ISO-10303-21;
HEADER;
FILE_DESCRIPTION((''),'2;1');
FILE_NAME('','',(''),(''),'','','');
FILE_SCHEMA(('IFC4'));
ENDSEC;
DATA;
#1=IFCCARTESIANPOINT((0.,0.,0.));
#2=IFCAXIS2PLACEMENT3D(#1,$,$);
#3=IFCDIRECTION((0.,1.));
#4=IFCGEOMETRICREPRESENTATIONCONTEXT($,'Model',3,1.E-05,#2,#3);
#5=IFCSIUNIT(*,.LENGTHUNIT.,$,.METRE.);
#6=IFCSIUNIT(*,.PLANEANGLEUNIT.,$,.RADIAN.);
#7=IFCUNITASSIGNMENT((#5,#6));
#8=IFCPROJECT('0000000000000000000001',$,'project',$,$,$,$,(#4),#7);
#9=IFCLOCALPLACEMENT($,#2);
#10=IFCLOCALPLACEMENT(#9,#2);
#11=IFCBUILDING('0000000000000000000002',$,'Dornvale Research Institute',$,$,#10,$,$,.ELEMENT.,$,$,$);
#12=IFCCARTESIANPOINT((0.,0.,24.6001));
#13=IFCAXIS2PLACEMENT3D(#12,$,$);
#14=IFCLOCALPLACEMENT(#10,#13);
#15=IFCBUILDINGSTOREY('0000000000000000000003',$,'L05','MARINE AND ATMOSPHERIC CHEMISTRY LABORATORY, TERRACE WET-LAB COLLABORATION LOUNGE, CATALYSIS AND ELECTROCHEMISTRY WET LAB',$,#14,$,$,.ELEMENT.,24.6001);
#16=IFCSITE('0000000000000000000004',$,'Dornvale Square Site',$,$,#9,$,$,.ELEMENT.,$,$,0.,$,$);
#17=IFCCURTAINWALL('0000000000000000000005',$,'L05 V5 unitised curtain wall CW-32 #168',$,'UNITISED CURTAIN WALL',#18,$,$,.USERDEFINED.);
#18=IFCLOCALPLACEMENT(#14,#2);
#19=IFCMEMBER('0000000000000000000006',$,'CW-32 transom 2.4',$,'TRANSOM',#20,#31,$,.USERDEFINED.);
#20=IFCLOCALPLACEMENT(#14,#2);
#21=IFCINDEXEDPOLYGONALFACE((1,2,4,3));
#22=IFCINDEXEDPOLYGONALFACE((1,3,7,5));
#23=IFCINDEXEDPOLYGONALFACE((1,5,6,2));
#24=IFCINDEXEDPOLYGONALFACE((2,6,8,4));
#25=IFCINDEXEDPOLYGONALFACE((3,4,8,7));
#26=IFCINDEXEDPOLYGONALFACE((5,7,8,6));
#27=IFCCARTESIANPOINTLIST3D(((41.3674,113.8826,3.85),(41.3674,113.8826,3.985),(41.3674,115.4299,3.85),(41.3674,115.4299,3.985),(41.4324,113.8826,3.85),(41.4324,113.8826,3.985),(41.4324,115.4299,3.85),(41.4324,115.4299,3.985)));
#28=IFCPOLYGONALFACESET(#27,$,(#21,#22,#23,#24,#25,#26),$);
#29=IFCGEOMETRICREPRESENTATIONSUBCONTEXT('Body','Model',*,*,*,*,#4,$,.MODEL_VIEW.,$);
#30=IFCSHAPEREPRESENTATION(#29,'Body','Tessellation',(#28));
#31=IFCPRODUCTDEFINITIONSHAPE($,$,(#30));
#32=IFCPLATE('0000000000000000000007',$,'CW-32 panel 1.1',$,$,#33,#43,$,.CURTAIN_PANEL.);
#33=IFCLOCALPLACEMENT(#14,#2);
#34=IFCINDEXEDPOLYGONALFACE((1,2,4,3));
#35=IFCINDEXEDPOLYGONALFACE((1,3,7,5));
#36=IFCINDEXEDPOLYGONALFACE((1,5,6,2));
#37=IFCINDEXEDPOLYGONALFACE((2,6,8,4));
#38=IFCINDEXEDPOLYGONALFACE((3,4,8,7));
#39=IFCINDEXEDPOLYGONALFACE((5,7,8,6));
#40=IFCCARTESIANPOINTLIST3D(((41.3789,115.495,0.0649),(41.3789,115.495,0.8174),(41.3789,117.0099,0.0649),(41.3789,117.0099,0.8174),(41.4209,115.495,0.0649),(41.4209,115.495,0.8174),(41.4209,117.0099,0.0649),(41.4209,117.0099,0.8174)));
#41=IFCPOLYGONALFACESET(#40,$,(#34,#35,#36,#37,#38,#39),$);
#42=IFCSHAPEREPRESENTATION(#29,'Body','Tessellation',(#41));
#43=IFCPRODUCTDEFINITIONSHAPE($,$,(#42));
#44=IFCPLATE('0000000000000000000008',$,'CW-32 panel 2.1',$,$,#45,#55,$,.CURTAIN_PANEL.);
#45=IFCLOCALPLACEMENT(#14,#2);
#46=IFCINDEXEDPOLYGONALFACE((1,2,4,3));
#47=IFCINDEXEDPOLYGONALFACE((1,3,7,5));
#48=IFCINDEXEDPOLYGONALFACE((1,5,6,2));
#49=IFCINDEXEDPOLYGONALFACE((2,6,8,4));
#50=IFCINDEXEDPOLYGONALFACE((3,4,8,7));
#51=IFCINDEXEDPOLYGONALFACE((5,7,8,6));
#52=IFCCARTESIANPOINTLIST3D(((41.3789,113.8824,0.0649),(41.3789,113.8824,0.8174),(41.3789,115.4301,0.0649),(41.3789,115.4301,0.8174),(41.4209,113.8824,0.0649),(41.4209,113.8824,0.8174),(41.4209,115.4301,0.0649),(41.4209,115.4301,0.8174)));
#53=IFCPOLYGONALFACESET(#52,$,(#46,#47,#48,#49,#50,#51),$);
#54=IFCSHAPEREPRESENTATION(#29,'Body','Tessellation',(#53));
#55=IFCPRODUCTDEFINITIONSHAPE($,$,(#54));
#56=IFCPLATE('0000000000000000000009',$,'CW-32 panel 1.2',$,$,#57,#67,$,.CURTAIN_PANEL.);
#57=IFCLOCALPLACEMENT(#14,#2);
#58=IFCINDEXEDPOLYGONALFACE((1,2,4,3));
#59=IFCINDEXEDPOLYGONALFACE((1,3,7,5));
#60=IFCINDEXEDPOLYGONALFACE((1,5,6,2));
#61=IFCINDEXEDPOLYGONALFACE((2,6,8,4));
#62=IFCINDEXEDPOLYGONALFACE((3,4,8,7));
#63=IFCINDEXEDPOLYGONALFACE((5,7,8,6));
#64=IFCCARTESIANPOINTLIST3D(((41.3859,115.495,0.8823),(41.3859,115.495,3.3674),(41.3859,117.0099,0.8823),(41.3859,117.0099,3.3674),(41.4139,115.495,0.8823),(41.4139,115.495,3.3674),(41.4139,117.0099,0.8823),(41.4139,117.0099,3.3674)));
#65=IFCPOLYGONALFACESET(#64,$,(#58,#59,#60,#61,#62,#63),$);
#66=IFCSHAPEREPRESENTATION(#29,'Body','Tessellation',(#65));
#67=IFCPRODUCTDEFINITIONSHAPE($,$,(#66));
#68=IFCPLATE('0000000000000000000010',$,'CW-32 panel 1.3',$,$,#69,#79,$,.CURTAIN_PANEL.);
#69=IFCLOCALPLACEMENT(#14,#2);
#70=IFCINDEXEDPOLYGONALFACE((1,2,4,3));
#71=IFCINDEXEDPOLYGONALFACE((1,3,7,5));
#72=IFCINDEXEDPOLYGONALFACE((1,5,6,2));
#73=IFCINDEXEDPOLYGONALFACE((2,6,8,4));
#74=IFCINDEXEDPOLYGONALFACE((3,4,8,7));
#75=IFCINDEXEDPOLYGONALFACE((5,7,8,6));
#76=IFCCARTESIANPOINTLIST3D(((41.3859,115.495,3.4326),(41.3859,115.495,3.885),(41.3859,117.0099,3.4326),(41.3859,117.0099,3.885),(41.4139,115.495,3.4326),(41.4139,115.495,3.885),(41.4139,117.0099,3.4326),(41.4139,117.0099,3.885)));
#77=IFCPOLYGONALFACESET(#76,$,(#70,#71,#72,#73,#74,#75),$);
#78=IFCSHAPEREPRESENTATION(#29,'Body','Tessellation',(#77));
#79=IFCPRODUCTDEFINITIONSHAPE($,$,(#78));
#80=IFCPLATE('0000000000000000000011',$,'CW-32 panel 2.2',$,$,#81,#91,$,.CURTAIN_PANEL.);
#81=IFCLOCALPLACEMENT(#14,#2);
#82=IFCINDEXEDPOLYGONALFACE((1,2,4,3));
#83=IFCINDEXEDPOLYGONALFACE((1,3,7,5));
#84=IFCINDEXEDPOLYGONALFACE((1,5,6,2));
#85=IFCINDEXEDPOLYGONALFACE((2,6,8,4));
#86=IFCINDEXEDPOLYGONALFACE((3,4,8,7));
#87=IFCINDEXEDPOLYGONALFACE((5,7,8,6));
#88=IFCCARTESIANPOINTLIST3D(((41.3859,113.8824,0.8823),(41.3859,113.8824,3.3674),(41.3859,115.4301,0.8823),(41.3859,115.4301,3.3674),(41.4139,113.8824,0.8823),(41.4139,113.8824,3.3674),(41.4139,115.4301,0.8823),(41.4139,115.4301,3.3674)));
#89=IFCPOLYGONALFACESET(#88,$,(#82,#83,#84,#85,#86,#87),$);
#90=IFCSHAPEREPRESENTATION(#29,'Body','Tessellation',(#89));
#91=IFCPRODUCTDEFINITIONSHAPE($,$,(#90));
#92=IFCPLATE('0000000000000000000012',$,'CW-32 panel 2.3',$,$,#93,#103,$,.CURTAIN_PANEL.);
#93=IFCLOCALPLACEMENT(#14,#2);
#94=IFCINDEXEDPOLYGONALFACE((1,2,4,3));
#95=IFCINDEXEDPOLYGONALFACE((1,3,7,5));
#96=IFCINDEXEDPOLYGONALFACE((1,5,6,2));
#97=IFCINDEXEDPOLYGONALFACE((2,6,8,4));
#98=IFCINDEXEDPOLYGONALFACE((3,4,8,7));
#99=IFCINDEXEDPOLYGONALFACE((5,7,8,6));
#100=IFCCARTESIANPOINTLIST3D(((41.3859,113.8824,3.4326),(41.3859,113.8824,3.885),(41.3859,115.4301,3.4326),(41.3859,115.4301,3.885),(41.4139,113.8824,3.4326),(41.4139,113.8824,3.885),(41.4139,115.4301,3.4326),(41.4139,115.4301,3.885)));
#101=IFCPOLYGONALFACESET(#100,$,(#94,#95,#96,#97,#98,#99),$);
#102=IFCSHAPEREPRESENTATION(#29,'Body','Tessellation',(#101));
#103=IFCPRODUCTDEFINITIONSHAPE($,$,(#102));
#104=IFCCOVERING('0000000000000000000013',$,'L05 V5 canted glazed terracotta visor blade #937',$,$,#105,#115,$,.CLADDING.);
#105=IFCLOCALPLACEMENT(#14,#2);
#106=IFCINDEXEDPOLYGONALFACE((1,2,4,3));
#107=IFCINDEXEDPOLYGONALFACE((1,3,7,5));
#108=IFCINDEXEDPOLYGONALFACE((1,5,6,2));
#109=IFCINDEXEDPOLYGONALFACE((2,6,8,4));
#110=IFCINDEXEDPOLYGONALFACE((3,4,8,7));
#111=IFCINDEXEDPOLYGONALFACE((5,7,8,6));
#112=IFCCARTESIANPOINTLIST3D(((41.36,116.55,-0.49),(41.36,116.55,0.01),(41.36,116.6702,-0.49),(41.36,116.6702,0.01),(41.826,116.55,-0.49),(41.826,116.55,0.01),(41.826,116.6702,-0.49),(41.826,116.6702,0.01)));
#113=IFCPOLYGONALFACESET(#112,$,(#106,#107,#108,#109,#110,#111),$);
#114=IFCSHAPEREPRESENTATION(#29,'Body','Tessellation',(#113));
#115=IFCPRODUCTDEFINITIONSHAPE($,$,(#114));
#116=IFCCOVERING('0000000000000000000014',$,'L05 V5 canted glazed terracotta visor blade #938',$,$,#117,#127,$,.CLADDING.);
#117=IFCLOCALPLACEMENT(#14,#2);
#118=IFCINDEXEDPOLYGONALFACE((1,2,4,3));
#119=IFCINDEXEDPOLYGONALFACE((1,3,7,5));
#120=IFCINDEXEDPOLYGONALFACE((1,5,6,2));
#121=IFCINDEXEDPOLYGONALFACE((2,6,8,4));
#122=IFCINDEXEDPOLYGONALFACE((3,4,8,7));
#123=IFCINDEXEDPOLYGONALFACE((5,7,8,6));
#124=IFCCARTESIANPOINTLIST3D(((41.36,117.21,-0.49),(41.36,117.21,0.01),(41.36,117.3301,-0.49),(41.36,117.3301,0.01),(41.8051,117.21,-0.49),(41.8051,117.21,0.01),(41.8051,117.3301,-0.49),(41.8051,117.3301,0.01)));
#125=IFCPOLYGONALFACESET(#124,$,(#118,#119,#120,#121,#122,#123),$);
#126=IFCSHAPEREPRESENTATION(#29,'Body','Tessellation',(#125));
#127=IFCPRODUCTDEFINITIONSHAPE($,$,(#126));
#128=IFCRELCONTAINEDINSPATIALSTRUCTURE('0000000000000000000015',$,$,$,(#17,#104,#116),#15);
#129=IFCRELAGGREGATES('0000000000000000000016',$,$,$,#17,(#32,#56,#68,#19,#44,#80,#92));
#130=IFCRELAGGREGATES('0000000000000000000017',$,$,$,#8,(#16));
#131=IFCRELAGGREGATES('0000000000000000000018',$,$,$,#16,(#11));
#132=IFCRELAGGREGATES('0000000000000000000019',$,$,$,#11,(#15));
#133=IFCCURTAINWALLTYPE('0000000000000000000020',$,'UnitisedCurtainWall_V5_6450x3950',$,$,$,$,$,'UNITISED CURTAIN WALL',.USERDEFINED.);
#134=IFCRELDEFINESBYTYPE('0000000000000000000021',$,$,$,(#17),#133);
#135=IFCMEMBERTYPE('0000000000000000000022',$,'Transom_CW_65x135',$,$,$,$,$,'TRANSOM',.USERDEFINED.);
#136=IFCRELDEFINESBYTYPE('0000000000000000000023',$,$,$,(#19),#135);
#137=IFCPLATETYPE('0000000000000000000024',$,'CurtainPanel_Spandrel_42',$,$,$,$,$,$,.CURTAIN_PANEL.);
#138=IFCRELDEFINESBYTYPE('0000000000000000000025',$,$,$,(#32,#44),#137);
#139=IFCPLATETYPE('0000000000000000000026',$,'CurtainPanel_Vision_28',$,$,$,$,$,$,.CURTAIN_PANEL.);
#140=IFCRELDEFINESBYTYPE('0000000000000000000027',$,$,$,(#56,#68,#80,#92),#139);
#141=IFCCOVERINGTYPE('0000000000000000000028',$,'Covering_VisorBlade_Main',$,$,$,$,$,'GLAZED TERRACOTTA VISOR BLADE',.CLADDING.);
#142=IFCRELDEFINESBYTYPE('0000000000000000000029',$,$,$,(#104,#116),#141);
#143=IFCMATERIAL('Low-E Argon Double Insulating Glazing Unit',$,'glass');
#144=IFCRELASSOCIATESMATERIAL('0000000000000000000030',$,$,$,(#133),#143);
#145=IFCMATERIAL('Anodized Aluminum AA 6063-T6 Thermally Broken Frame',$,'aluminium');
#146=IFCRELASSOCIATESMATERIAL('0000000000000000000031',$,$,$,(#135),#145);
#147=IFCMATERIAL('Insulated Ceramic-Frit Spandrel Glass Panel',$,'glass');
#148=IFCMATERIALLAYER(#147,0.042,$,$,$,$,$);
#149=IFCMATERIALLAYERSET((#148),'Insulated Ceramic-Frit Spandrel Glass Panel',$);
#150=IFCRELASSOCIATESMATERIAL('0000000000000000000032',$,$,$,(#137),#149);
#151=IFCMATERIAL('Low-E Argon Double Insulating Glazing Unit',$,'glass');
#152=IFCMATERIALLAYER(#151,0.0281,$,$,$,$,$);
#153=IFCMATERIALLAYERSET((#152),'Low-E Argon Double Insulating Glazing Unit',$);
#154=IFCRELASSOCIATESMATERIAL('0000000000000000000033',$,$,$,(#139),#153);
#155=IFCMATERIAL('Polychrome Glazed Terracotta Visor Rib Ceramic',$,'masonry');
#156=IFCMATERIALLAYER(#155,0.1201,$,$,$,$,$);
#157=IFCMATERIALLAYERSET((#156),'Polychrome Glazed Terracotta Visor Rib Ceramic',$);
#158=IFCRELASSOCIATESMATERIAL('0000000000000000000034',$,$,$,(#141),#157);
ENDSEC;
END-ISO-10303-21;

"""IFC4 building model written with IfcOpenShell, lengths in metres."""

from ifc_helpers import new_model, si_unit, direction, frame, origin, origin_2d, place, context, subcontext, project, spatial, rectangle, extrude, material, layer, layer_set, material_profile, profile_set, type_object, element, aggregate, save


model = new_model("IFC4")

# Units and contexts
model_context = context("Model", 3, precision=1e-05, world=origin(), true_north=direction((0.0, 1.0)))
body_context = subcontext(model_context, "Body", "Model", "MODEL_VIEW")
ifc_project = project(units=[si_unit("LENGTHUNIT", "METRE"), si_unit("PLANEANGLEUNIT", "RADIAN")], contexts=[model_context])

# Site, building, storey
site_placement = place(None, origin())
site = spatial("IfcSite", under=ifc_project, at=site_placement, Name="Dornvale Square Site", CompositionType="ELEMENT", RefElevation=0.0)
building_placement = place(site_placement, origin())
building = spatial("IfcBuilding", under=site, at=building_placement, Name="Dornvale Research Institute", CompositionType="ELEMENT")
storey_placement = place(building_placement, frame((0.0, 0.0, 24.6001)))
storey = spatial("IfcBuildingStorey", under=building, at=storey_placement, Name="L05", Description="MARINE AND ATMOSPHERIC CHEMISTRY LABORATORY, TERRACE WET-LAB COLLABORATION LOUNGE, CATALYSIS AND ELECTROCHEMISTRY WET LAB", CompositionType="ELEMENT", Elevation=24.6001)

# Curtain wall
ifc_material_1 = material(Name="Low-E Argon Double Insulating Glazing Unit", Category="glass")
curtain_wall_type = type_object("IfcCurtainWallType", Name="UnitisedCurtainWall_V5_6450x3950", ElementType="UNITISED CURTAIN WALL", PredefinedType="USERDEFINED", material=ifc_material_1)
curtain_wall_placement = place(storey_placement, origin())
curtain_wall = element("IfcCurtainWall", 1, at=curtain_wall_placement, inside=storey, type_object=curtain_wall_type, Name="L05 V5 unitised curtain wall CW-32 #168", ObjectType="UNITISED CURTAIN WALL", PredefinedType="USERDEFINED")

# Member
ifc_material_2 = material(Name="Anodized Aluminum AA 6063-T6 Thermally Broken Frame", Category="aluminium")
ifc_material_profile_1 = material_profile(ifc_material_2, rectangle(XDim=0.0649, YDim=0.135, at=origin_2d()), Name="ALU TRANSOM 65x135")
ifc_profile_set_1 = profile_set([ifc_material_profile_1], Name="Anodized Aluminum AA 6063-T6 Thermally Broken Frame")
member_type_1 = type_object("IfcMemberType", Name="Transom_CW_65x135", ElementType="TRANSOM", PredefinedType="USERDEFINED", material=ifc_profile_set_1)
member_1_placement = place(storey_placement, frame((41.3999, 115.4299, 3.9175), z_axis=(0.0, -1.0, 0.0), x_axis=(1.0, 0.0, 0.0)))
member_1 = element("IfcMember", 2, at=member_1_placement, type_object=member_type_1, Name="CW-32 transom 2.4", ObjectType="TRANSOM", PredefinedType="USERDEFINED", context=body_context, shape_type="SweptSolid", body=[
    extrude(rectangle(XDim=0.0649, YDim=0.135, at=origin_2d()), origin(), (0.0, 0.0, 1.0), 1.5474),
])

# Plates
ifc_material_3 = material(Name="Insulated Ceramic-Frit Spandrel Glass Panel", Category="glass")
ifc_layer_1 = layer(ifc_material_3, 0.042)
ifc_layer_set_1 = layer_set([ifc_layer_1], Name="Insulated Ceramic-Frit Spandrel Glass Panel")
plate_type_1 = type_object("IfcPlateType", Name="CurtainPanel_Spandrel_42", PredefinedType="CURTAIN_PANEL", material=ifc_layer_set_1)
plate_1_placement = place(storey_placement, frame((41.3999, 116.2524, 0.0649), z_axis=(0.0, 0.0, 1.0), x_axis=(0.0, -1.0, 0.0)))
plate_1 = element("IfcPlate", 3, at=plate_1_placement, type_object=plate_type_1, Name="CW-32 panel 1.1", PredefinedType="CURTAIN_PANEL", context=body_context, shape_type="SweptSolid", body=[
    extrude(rectangle(XDim=1.5149, YDim=0.042, at=origin_2d()), origin(), (0.0, 0.0, 1.0), 0.7524),
])
plate_2_placement = place(storey_placement, frame((41.3999, 114.6562, 0.0649), z_axis=(0.0, 0.0, 1.0), x_axis=(0.0, -1.0, 0.0)))
plate_2 = element("IfcPlate", 4, at=plate_2_placement, type_object=plate_type_1, Name="CW-32 panel 2.1", PredefinedType="CURTAIN_PANEL", context=body_context, shape_type="SweptSolid", body=[
    extrude(rectangle(XDim=1.5476, YDim=0.042, at=origin_2d()), origin(), (0.0, 0.0, 1.0), 0.7524),
])
ifc_material_4 = material(Name="Low-E Argon Double Insulating Glazing Unit", Category="glass")
ifc_layer_2 = layer(ifc_material_4, 0.0281)
ifc_layer_set_2 = layer_set([ifc_layer_2], Name="Low-E Argon Double Insulating Glazing Unit")
plate_type_2 = type_object("IfcPlateType", Name="CurtainPanel_Vision_28", PredefinedType="CURTAIN_PANEL", material=ifc_layer_set_2)
plate_3_placement = place(storey_placement, frame((41.3999, 116.2524, 0.8823), z_axis=(0.0, 0.0, 1.0), x_axis=(0.0, -1.0, 0.0)))
plate_3 = element("IfcPlate", 5, at=plate_3_placement, type_object=plate_type_2, Name="CW-32 panel 1.2", PredefinedType="CURTAIN_PANEL", context=body_context, shape_type="SweptSolid", body=[
    extrude(rectangle(XDim=1.5149, YDim=0.0281, at=origin_2d()), origin(), (0.0, 0.0, 1.0), 2.4851),
])
plate_4_placement = place(storey_placement, frame((41.3999, 116.2524, 3.4326), z_axis=(0.0, 0.0, 1.0), x_axis=(0.0, -1.0, 0.0)))
plate_4 = element("IfcPlate", 6, at=plate_4_placement, type_object=plate_type_2, Name="CW-32 panel 1.3", PredefinedType="CURTAIN_PANEL", context=body_context, shape_type="SweptSolid", body=[
    extrude(rectangle(XDim=1.5149, YDim=0.0281, at=origin_2d()), origin(), (0.0, 0.0, 1.0), 0.4524),
])
plate_5_placement = place(storey_placement, frame((41.3999, 114.6562, 0.8823), z_axis=(0.0, 0.0, 1.0), x_axis=(0.0, -1.0, 0.0)))
plate_5 = element("IfcPlate", 7, at=plate_5_placement, type_object=plate_type_2, Name="CW-32 panel 2.2", PredefinedType="CURTAIN_PANEL", context=body_context, shape_type="SweptSolid", body=[
    extrude(rectangle(XDim=1.5476, YDim=0.0281, at=origin_2d()), origin(), (0.0, 0.0, 1.0), 2.4851),
])
plate_6_placement = place(storey_placement, frame((41.3999, 114.6562, 3.4326), z_axis=(0.0, 0.0, 1.0), x_axis=(0.0, -1.0, 0.0)))
plate_6 = element("IfcPlate", 8, at=plate_6_placement, type_object=plate_type_2, Name="CW-32 panel 2.3", PredefinedType="CURTAIN_PANEL", context=body_context, shape_type="SweptSolid", body=[
    extrude(rectangle(XDim=1.5476, YDim=0.0281, at=origin_2d()), origin(), (0.0, 0.0, 1.0), 0.4524),
])
aggregate(curtain_wall, [plate_1, plate_3, plate_4, member_1, plate_2, plate_5, plate_6])

# Coverings
ifc_material_5 = material(Name="Polychrome Glazed Terracotta Visor Rib Ceramic", Category="masonry")
ifc_layer_3 = layer(ifc_material_5, 0.1201)
ifc_layer_set_3 = layer_set([ifc_layer_3], Name="Polychrome Glazed Terracotta Visor Rib Ceramic")
covering_type = type_object("IfcCoveringType", Name="Covering_VisorBlade_Main", ElementType="GLAZED TERRACOTTA VISOR BLADE", PredefinedType="CLADDING", material=ifc_layer_set_3)
covering_1_placement = place(storey_placement, frame((41.593, 116.6101, -0.49), z_axis=(0.0, 0.0, 1.0), x_axis=(1.0, 0.0, 0.0)))
element("IfcCovering", 9, at=covering_1_placement, inside=storey, type_object=covering_type, Name="L05 V5 canted glazed terracotta visor blade #937", PredefinedType="CLADDING", context=body_context, shape_type="SweptSolid", body=[
    extrude(rectangle(XDim=0.4661, YDim=0.1201, at=origin_2d()), origin(), (0.0, 0.0, 1.0), 0.5),
])
covering_2_placement = place(storey_placement, frame((41.5825, 117.27, -0.49), z_axis=(0.0, 0.0, 1.0), x_axis=(1.0, 0.0, 0.0)))
element("IfcCovering", 10, at=covering_2_placement, inside=storey, type_object=covering_type, Name="L05 V5 canted glazed terracotta visor blade #938", PredefinedType="CLADDING", context=body_context, shape_type="SweptSolid", body=[
    extrude(rectangle(XDim=0.4451, YDim=0.1201, at=origin_2d()), origin(), (0.0, 0.0, 1.0), 0.5),
])

save(model, "model.ifc")
